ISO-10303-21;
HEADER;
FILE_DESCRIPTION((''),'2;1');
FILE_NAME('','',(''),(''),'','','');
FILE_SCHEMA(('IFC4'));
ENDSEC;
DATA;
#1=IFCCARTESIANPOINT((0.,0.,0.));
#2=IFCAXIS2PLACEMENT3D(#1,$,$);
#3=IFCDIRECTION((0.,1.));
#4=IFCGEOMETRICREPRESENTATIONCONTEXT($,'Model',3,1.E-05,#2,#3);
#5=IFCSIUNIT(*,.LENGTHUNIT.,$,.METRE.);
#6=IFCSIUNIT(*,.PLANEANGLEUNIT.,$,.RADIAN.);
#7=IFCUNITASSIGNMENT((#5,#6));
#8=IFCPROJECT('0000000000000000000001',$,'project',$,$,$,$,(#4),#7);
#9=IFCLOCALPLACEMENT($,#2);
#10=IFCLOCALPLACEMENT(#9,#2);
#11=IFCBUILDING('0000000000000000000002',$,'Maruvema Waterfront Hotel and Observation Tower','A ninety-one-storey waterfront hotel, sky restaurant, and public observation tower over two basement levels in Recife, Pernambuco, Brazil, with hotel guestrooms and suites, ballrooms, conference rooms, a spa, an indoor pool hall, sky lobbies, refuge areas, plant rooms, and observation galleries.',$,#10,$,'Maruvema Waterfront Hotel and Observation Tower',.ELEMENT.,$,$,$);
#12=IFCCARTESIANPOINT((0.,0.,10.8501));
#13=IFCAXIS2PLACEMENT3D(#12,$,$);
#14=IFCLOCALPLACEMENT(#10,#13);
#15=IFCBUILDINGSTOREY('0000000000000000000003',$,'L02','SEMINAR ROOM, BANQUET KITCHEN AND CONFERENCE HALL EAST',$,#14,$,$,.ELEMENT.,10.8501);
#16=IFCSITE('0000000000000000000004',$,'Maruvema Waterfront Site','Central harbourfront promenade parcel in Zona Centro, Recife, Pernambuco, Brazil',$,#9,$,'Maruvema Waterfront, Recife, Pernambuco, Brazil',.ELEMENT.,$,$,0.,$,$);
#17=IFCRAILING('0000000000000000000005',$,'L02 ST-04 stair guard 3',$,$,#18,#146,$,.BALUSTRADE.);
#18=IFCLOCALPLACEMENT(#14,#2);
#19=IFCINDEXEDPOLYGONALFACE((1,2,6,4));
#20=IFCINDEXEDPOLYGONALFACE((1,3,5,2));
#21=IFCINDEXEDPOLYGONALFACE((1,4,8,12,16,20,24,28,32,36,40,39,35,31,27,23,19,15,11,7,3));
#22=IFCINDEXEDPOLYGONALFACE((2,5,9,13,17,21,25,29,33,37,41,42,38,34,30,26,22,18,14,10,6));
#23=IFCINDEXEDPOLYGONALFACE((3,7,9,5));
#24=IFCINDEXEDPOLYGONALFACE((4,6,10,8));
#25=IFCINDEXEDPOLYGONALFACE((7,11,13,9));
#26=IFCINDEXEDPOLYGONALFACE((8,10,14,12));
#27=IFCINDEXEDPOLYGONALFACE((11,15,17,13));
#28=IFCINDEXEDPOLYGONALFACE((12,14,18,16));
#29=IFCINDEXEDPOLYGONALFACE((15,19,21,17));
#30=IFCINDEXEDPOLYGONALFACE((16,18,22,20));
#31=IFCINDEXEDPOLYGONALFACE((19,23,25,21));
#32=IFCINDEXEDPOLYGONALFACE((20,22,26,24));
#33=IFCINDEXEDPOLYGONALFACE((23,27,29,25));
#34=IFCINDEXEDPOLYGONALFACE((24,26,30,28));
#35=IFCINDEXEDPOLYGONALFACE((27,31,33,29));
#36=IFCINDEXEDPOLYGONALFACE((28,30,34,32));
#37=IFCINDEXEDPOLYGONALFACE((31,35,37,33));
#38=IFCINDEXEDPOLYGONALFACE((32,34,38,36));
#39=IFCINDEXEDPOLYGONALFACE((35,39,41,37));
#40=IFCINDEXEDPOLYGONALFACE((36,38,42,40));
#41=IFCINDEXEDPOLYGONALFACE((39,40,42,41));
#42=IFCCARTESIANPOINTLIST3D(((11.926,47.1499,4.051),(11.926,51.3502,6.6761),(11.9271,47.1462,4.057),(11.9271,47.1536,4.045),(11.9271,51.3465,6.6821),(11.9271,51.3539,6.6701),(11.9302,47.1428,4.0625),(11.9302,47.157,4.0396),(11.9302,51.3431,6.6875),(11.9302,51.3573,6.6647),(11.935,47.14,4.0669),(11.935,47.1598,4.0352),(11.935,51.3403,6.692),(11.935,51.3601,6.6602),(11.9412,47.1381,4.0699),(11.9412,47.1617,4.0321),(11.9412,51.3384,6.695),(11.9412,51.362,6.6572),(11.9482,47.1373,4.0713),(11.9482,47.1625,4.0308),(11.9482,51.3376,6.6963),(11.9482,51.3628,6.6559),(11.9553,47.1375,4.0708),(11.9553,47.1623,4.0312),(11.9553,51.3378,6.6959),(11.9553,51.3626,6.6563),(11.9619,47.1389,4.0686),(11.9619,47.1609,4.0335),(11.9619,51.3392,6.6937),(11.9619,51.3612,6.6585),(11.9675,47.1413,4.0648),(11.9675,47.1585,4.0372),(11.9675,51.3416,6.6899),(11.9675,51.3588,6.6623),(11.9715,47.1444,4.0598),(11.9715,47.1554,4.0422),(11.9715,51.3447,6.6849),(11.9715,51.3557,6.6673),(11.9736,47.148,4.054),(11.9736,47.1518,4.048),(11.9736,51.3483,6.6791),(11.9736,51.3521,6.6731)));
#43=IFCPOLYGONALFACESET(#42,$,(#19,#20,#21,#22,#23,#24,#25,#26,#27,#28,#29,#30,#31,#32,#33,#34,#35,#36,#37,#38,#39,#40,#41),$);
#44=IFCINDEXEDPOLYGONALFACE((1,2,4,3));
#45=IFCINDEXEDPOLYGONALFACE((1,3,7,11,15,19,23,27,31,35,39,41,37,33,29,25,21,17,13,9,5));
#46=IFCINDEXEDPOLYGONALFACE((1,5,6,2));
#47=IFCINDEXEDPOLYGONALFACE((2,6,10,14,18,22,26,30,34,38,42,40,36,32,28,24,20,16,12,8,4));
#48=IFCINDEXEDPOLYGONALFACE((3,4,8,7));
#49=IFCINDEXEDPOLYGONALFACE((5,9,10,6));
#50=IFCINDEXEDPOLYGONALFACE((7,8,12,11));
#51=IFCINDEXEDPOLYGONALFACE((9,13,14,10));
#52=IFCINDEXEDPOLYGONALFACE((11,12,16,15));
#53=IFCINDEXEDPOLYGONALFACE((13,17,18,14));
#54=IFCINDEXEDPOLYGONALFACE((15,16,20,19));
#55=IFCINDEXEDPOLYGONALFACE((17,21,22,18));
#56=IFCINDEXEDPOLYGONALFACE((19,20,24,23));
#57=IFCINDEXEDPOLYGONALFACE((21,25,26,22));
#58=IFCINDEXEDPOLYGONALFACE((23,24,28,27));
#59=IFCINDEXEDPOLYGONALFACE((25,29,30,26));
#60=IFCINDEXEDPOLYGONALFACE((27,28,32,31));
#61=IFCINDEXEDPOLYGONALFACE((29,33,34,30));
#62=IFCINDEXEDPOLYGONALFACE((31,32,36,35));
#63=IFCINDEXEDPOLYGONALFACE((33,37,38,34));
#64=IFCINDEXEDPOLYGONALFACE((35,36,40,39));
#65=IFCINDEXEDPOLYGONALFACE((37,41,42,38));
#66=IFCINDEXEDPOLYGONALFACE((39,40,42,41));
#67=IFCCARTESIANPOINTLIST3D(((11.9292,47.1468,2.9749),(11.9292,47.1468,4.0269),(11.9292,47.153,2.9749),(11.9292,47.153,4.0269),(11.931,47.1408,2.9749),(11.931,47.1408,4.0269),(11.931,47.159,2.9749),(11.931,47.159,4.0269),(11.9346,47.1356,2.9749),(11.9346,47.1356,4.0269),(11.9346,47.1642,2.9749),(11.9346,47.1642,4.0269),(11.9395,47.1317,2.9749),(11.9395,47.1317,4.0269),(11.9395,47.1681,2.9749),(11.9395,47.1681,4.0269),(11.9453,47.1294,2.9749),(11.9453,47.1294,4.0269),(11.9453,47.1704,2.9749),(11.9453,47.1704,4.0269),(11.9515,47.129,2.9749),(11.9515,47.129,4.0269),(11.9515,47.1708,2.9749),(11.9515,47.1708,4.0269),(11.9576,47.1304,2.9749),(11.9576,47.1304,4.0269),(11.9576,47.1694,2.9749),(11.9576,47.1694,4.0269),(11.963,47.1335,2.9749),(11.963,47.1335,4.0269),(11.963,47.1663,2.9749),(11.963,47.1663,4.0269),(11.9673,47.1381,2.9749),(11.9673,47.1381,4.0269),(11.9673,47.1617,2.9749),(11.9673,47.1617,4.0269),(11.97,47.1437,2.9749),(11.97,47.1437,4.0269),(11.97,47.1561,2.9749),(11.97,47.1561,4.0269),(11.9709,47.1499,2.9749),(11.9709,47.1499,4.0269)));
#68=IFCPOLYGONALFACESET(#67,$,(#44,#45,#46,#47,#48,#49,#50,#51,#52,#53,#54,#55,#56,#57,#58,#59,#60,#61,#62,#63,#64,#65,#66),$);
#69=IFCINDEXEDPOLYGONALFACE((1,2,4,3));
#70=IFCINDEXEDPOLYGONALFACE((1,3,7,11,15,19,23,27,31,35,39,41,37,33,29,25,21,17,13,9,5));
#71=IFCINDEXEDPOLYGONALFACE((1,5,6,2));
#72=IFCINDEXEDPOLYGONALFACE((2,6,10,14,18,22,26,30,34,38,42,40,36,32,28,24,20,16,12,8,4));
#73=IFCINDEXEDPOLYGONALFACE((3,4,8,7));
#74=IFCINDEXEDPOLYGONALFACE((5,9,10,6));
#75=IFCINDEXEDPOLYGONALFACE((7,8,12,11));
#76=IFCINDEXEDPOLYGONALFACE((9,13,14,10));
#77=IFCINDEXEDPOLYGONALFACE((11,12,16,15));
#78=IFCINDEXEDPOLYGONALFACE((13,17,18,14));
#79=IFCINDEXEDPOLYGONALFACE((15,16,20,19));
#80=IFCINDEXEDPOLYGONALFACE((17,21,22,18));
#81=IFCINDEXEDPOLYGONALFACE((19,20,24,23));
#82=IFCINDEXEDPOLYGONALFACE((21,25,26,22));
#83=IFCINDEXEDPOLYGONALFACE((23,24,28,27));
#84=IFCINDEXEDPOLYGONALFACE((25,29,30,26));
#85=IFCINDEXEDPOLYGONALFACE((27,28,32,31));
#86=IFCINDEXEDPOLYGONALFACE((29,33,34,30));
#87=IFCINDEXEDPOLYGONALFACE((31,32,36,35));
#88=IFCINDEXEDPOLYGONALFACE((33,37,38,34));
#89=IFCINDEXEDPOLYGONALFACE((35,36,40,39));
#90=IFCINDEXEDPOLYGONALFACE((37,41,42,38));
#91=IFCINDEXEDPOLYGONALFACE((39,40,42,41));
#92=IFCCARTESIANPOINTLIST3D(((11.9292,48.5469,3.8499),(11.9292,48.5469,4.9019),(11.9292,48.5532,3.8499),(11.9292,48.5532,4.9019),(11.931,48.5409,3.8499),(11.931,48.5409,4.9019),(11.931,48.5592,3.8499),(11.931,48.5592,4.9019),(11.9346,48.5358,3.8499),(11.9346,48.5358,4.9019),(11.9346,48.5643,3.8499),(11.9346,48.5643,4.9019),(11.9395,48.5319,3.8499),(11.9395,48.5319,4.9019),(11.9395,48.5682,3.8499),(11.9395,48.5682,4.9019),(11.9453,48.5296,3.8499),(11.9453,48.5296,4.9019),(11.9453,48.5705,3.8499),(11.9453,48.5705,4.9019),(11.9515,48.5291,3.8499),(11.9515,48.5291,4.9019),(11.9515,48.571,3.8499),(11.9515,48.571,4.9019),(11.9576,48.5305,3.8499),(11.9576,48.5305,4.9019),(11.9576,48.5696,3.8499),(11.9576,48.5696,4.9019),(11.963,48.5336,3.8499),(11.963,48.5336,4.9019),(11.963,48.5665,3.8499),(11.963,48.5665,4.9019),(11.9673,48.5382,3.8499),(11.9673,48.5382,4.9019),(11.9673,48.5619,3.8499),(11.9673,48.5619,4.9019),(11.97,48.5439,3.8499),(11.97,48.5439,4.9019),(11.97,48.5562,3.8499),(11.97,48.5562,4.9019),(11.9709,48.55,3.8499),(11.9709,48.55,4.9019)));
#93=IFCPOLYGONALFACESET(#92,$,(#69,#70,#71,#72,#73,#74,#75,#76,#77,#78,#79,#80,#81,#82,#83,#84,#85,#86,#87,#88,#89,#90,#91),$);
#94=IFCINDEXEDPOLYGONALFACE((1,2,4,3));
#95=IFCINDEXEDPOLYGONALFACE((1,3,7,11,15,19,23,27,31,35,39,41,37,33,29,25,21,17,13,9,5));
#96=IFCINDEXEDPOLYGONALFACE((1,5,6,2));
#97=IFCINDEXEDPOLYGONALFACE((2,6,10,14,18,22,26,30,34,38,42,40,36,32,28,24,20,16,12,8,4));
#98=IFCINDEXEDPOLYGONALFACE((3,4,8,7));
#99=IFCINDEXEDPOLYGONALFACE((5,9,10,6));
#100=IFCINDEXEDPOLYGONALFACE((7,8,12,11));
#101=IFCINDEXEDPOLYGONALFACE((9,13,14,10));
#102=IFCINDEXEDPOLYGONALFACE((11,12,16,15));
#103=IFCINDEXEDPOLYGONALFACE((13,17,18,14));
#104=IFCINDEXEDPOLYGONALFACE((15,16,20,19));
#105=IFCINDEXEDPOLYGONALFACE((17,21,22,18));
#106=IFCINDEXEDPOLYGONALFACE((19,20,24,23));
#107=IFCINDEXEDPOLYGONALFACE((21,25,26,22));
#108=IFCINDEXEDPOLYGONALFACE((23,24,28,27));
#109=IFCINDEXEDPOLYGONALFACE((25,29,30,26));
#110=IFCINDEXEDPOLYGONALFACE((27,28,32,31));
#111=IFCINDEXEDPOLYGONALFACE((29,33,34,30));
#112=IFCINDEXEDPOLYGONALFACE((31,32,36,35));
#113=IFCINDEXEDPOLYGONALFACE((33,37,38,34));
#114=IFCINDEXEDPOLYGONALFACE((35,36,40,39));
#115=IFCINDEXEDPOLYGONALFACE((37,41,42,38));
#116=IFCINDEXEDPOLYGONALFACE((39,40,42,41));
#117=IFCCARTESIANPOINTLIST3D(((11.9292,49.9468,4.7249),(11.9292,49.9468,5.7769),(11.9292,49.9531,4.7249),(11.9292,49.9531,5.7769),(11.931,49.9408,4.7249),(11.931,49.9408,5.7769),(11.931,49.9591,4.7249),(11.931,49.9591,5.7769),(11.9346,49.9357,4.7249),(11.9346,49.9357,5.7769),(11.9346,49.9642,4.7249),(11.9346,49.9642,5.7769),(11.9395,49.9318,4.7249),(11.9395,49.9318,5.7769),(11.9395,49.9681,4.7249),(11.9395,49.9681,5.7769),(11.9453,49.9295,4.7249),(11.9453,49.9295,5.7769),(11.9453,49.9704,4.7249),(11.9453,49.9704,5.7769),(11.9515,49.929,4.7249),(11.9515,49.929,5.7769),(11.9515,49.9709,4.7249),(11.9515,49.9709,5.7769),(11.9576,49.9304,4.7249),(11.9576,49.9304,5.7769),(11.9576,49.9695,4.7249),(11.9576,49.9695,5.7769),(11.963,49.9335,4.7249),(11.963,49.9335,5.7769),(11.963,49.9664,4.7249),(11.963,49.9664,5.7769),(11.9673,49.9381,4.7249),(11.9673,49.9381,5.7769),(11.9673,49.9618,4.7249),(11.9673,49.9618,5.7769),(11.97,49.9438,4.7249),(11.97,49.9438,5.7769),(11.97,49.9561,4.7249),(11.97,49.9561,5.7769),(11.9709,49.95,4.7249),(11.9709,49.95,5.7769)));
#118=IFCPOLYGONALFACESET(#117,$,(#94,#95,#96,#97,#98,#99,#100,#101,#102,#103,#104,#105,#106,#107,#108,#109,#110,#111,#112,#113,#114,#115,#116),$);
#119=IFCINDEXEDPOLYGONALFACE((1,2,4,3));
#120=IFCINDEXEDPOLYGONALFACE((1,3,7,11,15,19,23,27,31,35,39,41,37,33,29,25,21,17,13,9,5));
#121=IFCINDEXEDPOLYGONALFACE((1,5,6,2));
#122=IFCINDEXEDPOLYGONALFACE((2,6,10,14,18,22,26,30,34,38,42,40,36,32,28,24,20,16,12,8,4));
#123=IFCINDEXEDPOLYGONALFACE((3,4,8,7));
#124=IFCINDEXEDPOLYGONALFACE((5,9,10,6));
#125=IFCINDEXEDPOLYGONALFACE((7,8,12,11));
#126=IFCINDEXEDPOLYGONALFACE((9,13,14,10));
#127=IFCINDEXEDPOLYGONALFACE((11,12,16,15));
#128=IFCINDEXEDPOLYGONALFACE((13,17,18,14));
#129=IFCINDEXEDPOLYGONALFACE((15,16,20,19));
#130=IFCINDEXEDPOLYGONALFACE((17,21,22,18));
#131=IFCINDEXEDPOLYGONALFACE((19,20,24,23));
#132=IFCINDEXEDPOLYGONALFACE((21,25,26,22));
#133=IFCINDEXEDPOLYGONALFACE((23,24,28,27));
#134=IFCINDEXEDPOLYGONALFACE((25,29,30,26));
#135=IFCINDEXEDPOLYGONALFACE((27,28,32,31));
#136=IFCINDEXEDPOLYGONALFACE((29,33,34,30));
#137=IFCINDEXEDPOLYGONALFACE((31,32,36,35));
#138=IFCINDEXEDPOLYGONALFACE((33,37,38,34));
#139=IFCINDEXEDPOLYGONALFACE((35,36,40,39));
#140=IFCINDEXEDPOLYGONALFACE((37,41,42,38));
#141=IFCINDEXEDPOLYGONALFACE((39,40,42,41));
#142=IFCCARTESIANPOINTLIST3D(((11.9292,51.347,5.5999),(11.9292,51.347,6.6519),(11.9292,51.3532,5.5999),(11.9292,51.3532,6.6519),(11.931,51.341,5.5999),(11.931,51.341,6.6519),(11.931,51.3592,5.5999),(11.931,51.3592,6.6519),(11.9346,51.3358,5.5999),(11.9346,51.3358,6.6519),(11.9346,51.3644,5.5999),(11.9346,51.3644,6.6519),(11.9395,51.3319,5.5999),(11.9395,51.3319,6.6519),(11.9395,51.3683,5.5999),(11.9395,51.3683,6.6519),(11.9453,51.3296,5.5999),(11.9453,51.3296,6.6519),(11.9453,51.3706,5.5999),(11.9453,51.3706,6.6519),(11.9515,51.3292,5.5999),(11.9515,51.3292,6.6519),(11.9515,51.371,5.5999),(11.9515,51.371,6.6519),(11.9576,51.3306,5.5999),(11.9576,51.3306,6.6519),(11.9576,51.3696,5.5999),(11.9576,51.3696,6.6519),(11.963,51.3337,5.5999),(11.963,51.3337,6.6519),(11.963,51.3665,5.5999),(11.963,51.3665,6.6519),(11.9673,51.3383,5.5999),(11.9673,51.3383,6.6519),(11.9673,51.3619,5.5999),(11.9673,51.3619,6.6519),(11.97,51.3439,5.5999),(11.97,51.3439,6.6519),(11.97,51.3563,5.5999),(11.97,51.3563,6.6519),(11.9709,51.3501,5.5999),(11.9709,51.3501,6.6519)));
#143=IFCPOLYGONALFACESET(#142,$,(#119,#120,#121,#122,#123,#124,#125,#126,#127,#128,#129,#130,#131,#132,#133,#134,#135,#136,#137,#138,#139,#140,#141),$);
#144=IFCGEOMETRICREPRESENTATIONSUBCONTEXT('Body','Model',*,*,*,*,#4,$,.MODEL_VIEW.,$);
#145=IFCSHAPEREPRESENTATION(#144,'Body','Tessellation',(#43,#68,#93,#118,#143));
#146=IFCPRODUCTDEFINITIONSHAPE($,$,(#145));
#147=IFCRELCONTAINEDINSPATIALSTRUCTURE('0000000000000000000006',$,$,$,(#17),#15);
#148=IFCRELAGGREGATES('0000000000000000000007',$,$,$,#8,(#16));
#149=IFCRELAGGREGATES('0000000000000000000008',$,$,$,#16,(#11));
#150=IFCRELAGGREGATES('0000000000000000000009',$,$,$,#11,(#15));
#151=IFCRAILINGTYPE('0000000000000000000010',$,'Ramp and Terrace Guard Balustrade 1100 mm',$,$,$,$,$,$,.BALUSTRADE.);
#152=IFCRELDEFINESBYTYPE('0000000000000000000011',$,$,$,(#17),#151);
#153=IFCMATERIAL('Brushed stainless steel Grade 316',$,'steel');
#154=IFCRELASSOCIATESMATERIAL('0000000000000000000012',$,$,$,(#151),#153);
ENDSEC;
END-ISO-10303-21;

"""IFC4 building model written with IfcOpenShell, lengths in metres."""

from ifc_helpers import new_model, si_unit, direction, frame, origin, origin_2d, place, context, subcontext, project, spatial, circle, extrude, material, type_object, element, save


model = new_model("IFC4")

# Units and contexts
model_context = context("Model", 3, precision=1e-05, world=origin(), true_north=direction((0.0, 1.0)))
body_context = subcontext(model_context, "Body", "Model", "MODEL_VIEW")
ifc_project = project(units=[si_unit("LENGTHUNIT", "METRE"), si_unit("PLANEANGLEUNIT", "RADIAN")], contexts=[model_context])

# Site, building, storey
site_placement = place(None, origin())
site = spatial("IfcSite", under=ifc_project, at=site_placement, Name="Maruvema Waterfront Site", Description="Central harbourfront promenade parcel in Zona Centro, Recife, Pernambuco, Brazil", LongName="Maruvema Waterfront, Recife, Pernambuco, Brazil", CompositionType="ELEMENT", RefElevation=0.0)
building_placement = place(site_placement, origin())
building = spatial("IfcBuilding", under=site, at=building_placement, Name="Maruvema Waterfront Hotel and Observation Tower", Description="A ninety-one-storey waterfront hotel, sky restaurant, and public observation tower over two basement levels in Recife, Pernambuco, Brazil, with hotel guestrooms and suites, ballrooms, conference rooms, a spa, an indoor pool hall, sky lobbies, refuge areas, plant rooms, and observation galleries.", LongName="Maruvema Waterfront Hotel and Observation Tower", CompositionType="ELEMENT")
storey_placement = place(building_placement, frame((0.0, 0.0, 10.8501)))
storey = spatial("IfcBuildingStorey", under=building, at=storey_placement, Name="L02", Description="SEMINAR ROOM, BANQUET KITCHEN AND CONFERENCE HALL EAST", CompositionType="ELEMENT", Elevation=10.8501)

# Railing
ifc_material_1 = material(Name="Brushed stainless steel Grade 316", Category="steel")
railing_type_1 = type_object("IfcRailingType", Name="Ramp and Terrace Guard Balustrade 1100 mm", PredefinedType="BALUSTRADE", material=ifc_material_1)
railing_1_placement = place(storey_placement, frame((11.95, 47.1499, 2.9749)))
element("IfcRailing", 1, at=railing_1_placement, inside=storey, type_object=railing_type_1, Name="L02 ST-04 stair guard 3", PredefinedType="BALUSTRADE", context=body_context, shape_type="SweptSolid", body=[
    extrude(circle(Radius=0.0239, at=origin_2d()), frame((0.0, 0.0, 1.0762), z_axis=(0.0, 0.848009, 0.529981), x_axis=(-1.0, 0.0, 0.0)), (0.0, 0.0, 1.0), 4.9531),
    extrude(circle(Radius=0.021, at=origin_2d()), origin(), (0.0, 0.0, 1.0), 1.052),
    extrude(circle(Radius=0.021, at=origin_2d()), frame((0.0, 1.4001, 0.875)), (0.0, 0.0, 1.0), 1.052),
    extrude(circle(Radius=0.021, at=origin_2d()), frame((0.0, 2.8, 1.75)), (0.0, 0.0, 1.0), 1.052),
    extrude(circle(Radius=0.021, at=origin_2d()), frame((0.0, 4.2002, 2.625)), (0.0, 0.0, 1.0), 1.052),
])

save(model, "model.ifc")
